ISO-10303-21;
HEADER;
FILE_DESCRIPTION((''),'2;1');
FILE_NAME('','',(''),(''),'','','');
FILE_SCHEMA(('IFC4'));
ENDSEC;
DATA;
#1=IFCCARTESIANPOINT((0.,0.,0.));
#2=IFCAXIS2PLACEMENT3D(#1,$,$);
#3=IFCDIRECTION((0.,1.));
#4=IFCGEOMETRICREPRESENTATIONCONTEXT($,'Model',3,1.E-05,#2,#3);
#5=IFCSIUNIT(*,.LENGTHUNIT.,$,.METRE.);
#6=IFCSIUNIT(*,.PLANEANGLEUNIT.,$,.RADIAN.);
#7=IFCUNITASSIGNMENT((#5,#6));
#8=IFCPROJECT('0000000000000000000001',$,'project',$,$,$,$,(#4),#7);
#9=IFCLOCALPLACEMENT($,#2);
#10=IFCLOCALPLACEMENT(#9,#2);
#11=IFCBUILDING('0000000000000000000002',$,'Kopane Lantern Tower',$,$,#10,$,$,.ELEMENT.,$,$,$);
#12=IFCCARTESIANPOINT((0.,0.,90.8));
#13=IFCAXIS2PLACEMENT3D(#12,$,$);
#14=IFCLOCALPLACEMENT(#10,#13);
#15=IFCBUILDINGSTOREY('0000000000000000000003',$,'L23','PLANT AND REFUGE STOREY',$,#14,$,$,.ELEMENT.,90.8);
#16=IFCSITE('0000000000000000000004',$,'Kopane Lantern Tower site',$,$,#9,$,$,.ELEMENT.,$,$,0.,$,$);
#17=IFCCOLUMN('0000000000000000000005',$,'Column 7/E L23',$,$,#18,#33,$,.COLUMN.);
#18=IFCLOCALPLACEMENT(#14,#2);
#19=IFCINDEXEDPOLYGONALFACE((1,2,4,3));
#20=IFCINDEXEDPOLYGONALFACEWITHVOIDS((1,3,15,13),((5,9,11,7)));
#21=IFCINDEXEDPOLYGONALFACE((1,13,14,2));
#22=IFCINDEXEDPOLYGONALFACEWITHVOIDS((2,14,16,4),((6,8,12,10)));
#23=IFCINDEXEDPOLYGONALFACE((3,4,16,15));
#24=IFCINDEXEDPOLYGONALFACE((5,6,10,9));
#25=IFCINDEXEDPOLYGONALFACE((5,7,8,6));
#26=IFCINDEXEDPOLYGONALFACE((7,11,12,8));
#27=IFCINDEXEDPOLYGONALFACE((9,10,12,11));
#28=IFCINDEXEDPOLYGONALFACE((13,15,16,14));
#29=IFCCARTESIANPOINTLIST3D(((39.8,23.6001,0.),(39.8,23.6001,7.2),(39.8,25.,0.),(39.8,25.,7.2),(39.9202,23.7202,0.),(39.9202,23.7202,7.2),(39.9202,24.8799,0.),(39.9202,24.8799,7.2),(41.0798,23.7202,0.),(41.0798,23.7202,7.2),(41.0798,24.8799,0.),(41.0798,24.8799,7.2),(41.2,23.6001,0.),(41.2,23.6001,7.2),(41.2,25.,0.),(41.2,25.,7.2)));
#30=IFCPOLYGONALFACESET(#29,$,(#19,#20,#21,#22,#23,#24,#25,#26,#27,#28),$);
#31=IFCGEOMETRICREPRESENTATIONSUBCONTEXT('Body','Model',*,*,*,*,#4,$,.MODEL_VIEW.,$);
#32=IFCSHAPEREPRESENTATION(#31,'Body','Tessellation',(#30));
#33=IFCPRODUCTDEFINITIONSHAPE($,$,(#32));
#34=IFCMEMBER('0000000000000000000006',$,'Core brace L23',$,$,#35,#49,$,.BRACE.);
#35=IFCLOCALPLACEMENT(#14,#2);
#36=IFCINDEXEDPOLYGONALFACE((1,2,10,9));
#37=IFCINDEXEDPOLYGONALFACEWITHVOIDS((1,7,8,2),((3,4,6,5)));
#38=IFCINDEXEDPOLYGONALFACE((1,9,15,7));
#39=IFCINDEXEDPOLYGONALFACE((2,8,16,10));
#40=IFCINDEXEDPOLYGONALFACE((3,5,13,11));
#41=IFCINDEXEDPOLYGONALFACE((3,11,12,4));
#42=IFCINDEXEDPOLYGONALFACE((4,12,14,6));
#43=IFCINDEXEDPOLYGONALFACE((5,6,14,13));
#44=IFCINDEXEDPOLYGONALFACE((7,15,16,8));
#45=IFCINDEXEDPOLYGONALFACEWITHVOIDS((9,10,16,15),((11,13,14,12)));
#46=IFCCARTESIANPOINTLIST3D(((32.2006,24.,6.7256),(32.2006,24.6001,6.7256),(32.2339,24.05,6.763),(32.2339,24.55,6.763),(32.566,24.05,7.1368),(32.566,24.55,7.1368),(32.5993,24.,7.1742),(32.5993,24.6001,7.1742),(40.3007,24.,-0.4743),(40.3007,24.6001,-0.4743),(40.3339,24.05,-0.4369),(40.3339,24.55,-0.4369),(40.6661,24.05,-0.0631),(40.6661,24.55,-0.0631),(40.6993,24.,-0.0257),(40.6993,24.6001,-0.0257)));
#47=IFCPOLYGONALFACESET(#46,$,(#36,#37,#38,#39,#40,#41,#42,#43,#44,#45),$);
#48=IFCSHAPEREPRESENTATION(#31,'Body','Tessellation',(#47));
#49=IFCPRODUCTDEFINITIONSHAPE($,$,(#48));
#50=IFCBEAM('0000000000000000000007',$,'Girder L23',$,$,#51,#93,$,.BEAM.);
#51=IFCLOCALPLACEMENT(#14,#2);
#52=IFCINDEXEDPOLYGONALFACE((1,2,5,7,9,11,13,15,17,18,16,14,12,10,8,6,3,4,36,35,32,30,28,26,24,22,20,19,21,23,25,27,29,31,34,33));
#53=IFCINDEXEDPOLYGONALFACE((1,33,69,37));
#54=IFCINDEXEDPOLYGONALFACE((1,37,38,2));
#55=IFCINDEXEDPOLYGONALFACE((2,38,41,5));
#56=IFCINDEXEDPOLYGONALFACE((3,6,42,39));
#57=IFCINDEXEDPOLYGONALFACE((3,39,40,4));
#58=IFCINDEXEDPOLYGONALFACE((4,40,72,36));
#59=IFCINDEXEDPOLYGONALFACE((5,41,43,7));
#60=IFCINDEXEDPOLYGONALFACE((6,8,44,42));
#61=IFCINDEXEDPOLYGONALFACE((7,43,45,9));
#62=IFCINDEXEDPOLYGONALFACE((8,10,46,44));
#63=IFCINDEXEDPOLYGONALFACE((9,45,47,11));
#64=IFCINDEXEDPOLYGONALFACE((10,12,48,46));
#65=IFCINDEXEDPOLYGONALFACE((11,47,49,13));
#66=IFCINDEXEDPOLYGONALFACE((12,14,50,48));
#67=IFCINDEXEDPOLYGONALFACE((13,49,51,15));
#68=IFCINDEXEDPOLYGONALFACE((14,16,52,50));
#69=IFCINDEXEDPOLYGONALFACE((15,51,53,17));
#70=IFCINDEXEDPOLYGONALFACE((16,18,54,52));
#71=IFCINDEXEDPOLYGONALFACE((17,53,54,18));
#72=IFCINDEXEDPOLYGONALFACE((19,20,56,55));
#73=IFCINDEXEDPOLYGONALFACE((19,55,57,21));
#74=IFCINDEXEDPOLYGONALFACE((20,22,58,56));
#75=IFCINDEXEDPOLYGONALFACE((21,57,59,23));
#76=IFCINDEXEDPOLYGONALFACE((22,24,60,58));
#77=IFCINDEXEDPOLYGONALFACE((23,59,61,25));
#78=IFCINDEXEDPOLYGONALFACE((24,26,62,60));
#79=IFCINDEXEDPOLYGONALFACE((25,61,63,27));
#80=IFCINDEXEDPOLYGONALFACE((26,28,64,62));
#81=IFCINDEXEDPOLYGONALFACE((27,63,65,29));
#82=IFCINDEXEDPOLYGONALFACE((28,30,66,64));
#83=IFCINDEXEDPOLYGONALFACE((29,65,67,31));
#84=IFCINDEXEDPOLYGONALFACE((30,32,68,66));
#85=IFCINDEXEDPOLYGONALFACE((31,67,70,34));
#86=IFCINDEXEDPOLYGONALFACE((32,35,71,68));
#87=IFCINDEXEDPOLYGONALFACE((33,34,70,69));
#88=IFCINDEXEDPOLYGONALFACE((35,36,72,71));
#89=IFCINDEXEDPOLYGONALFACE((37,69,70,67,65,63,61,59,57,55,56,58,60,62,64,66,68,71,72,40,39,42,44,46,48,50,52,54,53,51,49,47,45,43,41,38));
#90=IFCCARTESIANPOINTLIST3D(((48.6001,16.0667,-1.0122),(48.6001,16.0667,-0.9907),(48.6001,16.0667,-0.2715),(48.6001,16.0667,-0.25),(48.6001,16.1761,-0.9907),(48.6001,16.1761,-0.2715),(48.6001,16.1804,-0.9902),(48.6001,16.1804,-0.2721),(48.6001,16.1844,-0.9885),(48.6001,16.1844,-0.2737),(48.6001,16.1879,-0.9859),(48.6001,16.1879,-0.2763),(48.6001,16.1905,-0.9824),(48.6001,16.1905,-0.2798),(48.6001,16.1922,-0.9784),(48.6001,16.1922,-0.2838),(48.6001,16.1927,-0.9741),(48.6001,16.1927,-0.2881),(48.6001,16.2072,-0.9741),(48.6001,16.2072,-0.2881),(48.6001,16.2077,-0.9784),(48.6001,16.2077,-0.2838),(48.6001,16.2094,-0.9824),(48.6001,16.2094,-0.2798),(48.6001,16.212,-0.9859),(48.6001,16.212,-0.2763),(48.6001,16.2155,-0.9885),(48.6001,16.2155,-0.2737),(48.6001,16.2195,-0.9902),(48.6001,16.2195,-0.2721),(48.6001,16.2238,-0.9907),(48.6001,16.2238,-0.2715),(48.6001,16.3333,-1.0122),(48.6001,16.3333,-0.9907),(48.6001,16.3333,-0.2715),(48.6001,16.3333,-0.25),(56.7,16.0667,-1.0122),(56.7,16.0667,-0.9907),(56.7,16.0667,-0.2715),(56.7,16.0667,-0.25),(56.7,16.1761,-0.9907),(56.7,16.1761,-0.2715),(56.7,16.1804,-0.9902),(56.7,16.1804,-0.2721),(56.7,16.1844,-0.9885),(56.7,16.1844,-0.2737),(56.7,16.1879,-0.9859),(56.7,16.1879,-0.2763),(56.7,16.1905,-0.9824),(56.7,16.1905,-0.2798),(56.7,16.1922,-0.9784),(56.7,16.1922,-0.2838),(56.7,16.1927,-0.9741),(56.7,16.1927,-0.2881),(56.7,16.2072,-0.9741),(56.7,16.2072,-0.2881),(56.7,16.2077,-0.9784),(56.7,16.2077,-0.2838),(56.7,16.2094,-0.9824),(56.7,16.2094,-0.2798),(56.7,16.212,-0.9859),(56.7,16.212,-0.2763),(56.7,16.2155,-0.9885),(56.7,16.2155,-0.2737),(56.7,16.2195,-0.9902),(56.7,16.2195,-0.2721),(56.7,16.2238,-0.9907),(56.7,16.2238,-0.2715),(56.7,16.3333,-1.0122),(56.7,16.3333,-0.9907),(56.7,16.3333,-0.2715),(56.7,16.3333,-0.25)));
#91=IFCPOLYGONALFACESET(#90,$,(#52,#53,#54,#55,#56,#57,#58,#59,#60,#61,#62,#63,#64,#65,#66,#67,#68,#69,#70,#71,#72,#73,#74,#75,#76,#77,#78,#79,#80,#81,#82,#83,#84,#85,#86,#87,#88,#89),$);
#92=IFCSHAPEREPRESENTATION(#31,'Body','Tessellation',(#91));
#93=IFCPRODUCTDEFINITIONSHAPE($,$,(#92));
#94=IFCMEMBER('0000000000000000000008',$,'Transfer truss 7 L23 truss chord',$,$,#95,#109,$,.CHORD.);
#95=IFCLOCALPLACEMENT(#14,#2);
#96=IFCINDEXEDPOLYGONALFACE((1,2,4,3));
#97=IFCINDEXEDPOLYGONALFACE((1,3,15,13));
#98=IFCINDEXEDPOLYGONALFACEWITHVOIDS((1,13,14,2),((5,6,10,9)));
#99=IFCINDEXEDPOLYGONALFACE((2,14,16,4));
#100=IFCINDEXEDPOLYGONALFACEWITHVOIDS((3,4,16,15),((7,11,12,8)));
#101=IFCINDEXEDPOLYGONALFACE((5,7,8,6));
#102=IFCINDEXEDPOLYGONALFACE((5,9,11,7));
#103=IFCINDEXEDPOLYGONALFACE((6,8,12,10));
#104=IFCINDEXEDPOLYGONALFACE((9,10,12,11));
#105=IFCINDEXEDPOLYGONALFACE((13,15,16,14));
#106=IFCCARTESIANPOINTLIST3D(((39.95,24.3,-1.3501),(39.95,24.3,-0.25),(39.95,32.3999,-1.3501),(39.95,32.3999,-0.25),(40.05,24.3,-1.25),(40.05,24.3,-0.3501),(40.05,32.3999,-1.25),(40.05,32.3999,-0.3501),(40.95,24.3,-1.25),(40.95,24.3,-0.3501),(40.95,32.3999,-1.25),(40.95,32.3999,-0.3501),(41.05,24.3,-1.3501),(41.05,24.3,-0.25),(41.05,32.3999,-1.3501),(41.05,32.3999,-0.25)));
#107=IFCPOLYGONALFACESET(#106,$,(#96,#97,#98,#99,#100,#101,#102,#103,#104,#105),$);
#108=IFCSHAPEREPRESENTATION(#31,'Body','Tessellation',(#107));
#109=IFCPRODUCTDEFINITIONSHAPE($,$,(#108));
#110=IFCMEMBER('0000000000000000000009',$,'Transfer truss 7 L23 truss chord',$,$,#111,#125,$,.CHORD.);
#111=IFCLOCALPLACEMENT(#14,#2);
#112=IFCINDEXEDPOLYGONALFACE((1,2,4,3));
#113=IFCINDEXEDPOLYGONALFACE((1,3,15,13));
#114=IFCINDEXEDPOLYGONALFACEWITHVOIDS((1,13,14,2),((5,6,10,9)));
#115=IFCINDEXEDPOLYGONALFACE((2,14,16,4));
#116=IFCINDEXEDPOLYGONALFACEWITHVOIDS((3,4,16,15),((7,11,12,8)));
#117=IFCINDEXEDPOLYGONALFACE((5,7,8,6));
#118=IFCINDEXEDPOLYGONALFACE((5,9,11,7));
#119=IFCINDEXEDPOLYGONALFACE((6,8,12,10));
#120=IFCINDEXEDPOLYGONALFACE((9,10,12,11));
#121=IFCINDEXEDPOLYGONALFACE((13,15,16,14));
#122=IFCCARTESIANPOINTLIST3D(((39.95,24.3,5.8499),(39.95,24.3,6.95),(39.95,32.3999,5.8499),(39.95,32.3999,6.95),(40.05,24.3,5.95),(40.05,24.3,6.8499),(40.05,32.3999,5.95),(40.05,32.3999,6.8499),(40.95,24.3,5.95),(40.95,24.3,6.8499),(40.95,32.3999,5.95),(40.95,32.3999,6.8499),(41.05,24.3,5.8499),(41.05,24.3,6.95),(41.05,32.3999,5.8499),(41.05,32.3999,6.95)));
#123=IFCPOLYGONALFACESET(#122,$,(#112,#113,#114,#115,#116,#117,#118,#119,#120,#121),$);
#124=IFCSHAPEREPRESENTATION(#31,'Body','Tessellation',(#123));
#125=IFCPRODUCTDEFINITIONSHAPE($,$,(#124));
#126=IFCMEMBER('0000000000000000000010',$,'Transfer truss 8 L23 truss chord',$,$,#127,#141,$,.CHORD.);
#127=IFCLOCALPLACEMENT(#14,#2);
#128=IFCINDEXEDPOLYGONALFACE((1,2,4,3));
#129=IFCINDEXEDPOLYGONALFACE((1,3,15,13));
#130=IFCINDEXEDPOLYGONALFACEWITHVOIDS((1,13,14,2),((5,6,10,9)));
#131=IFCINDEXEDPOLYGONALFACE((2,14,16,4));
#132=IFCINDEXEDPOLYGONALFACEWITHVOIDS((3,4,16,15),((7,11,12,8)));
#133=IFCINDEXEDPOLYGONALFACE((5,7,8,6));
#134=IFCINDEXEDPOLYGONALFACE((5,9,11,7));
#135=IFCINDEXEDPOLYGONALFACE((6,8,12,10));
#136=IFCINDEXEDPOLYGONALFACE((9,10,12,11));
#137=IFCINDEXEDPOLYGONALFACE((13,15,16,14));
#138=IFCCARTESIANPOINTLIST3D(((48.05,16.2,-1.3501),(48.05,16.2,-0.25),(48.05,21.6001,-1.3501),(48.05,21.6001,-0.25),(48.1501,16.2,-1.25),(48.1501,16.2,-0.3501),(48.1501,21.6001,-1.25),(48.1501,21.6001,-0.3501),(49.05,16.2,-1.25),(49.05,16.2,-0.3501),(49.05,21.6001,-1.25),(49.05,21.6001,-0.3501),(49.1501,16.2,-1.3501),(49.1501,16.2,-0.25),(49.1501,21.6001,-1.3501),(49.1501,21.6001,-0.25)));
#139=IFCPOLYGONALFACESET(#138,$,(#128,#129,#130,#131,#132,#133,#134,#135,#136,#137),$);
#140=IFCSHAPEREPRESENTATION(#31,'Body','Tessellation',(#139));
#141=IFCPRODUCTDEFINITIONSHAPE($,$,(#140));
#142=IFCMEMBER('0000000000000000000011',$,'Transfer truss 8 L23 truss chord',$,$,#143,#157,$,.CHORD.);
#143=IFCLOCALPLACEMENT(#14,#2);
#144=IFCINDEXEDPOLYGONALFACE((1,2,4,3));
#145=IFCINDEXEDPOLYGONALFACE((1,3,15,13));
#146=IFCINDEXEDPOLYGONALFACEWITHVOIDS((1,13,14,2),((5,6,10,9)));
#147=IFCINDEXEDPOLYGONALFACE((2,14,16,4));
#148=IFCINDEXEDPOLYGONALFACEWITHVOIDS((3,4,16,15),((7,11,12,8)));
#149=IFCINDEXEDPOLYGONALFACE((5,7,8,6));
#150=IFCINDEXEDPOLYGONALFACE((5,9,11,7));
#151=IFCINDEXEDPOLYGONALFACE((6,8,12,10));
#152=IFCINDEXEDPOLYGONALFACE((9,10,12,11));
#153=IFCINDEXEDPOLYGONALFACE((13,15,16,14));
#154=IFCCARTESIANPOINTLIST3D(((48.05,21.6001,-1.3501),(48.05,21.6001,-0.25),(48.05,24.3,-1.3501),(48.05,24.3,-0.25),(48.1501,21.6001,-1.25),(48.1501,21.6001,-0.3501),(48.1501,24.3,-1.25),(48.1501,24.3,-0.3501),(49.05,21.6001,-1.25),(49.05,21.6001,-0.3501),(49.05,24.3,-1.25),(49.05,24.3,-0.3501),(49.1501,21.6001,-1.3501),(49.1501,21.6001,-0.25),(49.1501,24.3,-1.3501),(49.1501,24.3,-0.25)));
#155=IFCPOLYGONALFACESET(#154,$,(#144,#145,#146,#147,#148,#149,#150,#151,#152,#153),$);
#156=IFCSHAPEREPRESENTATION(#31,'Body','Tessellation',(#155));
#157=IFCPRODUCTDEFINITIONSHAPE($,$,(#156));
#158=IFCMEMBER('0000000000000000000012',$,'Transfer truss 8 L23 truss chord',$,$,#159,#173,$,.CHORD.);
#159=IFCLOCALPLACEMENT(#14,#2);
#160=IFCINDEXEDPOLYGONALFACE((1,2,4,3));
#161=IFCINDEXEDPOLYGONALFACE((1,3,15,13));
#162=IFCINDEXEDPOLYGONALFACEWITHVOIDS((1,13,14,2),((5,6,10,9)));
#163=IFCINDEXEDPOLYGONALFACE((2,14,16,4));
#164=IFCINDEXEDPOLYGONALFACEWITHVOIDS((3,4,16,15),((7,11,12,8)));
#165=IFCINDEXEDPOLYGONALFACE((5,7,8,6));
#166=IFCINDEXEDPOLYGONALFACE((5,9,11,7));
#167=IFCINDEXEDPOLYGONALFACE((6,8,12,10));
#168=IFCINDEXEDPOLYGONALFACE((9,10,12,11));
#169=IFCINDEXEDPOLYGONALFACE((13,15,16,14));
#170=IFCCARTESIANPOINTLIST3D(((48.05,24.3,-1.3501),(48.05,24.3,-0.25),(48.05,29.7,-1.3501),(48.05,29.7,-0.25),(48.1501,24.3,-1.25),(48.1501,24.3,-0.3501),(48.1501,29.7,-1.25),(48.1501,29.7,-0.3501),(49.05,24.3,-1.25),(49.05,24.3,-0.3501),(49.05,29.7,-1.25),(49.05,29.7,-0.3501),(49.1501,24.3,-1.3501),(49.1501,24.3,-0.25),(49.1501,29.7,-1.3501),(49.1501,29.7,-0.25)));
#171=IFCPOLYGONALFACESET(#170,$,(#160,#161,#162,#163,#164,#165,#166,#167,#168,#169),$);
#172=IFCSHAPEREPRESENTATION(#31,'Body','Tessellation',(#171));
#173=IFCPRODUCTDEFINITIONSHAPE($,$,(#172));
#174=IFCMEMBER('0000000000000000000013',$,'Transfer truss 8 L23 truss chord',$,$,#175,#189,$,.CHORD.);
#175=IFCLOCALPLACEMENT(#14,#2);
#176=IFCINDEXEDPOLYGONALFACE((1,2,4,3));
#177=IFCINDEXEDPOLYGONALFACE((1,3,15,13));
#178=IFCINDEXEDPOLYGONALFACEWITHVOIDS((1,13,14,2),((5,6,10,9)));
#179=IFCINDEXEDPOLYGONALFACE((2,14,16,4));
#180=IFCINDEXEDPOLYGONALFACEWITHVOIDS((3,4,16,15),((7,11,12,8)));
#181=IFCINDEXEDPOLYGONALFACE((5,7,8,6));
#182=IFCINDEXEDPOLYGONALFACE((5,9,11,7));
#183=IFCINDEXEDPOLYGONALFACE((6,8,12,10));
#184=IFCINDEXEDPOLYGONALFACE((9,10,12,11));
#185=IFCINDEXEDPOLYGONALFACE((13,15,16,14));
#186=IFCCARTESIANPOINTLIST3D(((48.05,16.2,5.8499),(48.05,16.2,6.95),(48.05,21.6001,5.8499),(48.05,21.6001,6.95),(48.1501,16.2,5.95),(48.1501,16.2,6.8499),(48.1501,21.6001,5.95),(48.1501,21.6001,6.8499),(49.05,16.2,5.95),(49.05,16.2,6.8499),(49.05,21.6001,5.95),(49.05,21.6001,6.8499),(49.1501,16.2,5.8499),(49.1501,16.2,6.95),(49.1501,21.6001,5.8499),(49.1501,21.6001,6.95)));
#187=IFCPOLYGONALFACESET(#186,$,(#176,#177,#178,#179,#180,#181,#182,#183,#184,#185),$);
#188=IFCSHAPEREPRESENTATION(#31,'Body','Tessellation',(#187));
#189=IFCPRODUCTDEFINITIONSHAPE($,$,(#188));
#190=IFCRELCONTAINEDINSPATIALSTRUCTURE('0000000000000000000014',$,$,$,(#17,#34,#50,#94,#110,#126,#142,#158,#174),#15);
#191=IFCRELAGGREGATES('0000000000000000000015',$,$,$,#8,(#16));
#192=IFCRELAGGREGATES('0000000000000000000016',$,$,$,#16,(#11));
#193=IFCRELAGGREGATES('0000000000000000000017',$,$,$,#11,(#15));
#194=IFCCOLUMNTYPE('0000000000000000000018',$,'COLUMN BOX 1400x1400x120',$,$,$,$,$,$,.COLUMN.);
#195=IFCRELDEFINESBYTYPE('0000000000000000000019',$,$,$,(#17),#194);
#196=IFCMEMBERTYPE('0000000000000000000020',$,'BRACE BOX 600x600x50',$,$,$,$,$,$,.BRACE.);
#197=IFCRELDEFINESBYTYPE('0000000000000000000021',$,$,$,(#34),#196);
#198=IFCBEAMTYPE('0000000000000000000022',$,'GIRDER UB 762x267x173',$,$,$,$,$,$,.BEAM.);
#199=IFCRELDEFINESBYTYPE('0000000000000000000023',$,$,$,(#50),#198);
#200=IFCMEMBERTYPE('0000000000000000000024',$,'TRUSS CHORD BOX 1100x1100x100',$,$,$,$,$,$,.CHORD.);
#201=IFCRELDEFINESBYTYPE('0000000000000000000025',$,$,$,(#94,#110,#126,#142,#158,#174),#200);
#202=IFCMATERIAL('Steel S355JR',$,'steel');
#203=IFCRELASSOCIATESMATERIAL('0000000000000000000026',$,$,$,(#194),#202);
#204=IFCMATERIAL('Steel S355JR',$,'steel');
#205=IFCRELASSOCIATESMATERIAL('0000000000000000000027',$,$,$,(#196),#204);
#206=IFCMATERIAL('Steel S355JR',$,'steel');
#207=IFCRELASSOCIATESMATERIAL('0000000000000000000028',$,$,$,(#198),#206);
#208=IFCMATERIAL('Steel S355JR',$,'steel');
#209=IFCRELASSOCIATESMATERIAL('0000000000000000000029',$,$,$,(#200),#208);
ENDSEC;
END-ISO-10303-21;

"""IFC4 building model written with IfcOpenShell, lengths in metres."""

from ifc_helpers import new_model, si_unit, direction, frame, origin, origin_2d, place, context, subcontext, project, spatial, hollow_rectangle, i_section, extrude, material, material_profile, profile_set, type_object, element, save


model = new_model("IFC4")

# Units and contexts
model_context = context("Model", 3, precision=1e-05, world=origin(), true_north=direction((0.0, 1.0)))
body_context = subcontext(model_context, "Body", "Model", "MODEL_VIEW")
ifc_project = project(units=[si_unit("LENGTHUNIT", "METRE"), si_unit("PLANEANGLEUNIT", "RADIAN")], contexts=[model_context])

# Site, building, storey
site_placement = place(None, origin())
site = spatial("IfcSite", under=ifc_project, at=site_placement, Name="Kopane Lantern Tower site", CompositionType="ELEMENT", RefElevation=0.0)
building_placement = place(site_placement, origin())
building = spatial("IfcBuilding", under=site, at=building_placement, Name="Kopane Lantern Tower", CompositionType="ELEMENT")
storey_placement = place(building_placement, frame((0.0, 0.0, 90.8)))
storey = spatial("IfcBuildingStorey", under=building, at=storey_placement, Name="L23", Description="PLANT AND REFUGE STOREY", CompositionType="ELEMENT", Elevation=90.8)

# Column
ifc_material_1 = material(Name="Steel S355JR", Category="steel")
ifc_material_profile_1 = material_profile(ifc_material_1, hollow_rectangle(XDim=1.3999, YDim=1.3999, WallThickness=0.1201, at=origin_2d()), Name="BOX 1400x1400x120")
ifc_profile_set_1 = profile_set([ifc_material_profile_1], Name="Steel S355JR")
column_type = type_object("IfcColumnType", Name="COLUMN BOX 1400x1400x120", PredefinedType="COLUMN", material=ifc_profile_set_1)
column_placement = place(storey_placement, frame((40.5, 24.3, 0.0), z_axis=(0.0, 0.0, 1.0), x_axis=(1.0, 0.0, 0.0)))
element("IfcColumn", 1, at=column_placement, inside=storey, type_object=column_type, Name="Column 7/E L23", PredefinedType="COLUMN", context=body_context, shape_type="SweptSolid", body=[
    extrude(hollow_rectangle(XDim=1.3999, YDim=1.3999, WallThickness=0.1201, at=origin_2d()), origin(), (0.0, 0.0, 1.0), 7.2),
])

# Member
ifc_material_2 = material(Name="Steel S355JR", Category="steel")
ifc_material_profile_2 = material_profile(ifc_material_2, hollow_rectangle(XDim=0.6001, YDim=0.6001, WallThickness=0.05, at=origin_2d()), Name="BOX 600x600x50")
ifc_profile_set_2 = profile_set([ifc_material_profile_2], Name="Steel S355JR")
member_type_1 = type_object("IfcMemberType", Name="BRACE BOX 600x600x50", PredefinedType="BRACE", material=ifc_profile_set_2)
member_1_placement = place(storey_placement, frame((40.5, 24.3, -0.25), z_axis=(-0.747416, 0.0, 0.664357), x_axis=(0.0, -1.0, 0.0)))
element("IfcMember", 2, at=member_1_placement, inside=storey, type_object=member_type_1, Name="Core brace L23", PredefinedType="BRACE", context=body_context, shape_type="SweptSolid", body=[
    extrude(hollow_rectangle(XDim=0.6001, YDim=0.6001, WallThickness=0.05, at=origin_2d()), origin(), (0.0, 0.0, 1.0), 10.8374),
])

# Beam
ifc_material_3 = material(Name="Steel S355JR", Category="steel")
ifc_material_profile_3 = material_profile(ifc_material_3, i_section(OverallWidth=0.2666, OverallDepth=0.7622, WebThickness=0.0144, FlangeThickness=0.0215, FilletRadius=0.0166, at=origin_2d()), Name="UB 762x267x173")
ifc_profile_set_3 = profile_set([ifc_material_profile_3], Name="Steel S355JR")
beam_type = type_object("IfcBeamType", Name="GIRDER UB 762x267x173", PredefinedType="BEAM", material=ifc_profile_set_3)
beam_placement = place(storey_placement, frame((48.6001, 16.2, -0.6311), z_axis=(1.0, 0.0, 0.0), x_axis=(0.0, 1.0, 0.0)))
element("IfcBeam", 3, at=beam_placement, inside=storey, type_object=beam_type, Name="Girder L23", PredefinedType="BEAM", context=body_context, shape_type="SweptSolid", body=[
    extrude(i_section(OverallWidth=0.2666, OverallDepth=0.7622, WebThickness=0.0144, FlangeThickness=0.0215, FilletRadius=0.0166, at=origin_2d()), origin(), (0.0, 0.0, 1.0), 8.0999),
])

# Members
ifc_material_4 = material(Name="Steel S355JR", Category="steel")
ifc_material_profile_4 = material_profile(ifc_material_4, hollow_rectangle(XDim=1.1001, YDim=1.1001, WallThickness=0.1001, at=origin_2d()), Name="BOX 1100x1100x100")
ifc_profile_set_4 = profile_set([ifc_material_profile_4], Name="Steel S355JR")
member_type_2 = type_object("IfcMemberType", Name="TRUSS CHORD BOX 1100x1100x100", PredefinedType="CHORD", material=ifc_profile_set_4)
for number, where, z_axis, x_axis, name in (
    (4, (40.5, 24.3, -0.8), (0.0, 1.0, 0.0), (-1.0, 0.0, 0.0), "Transfer truss 7 L23 truss chord"),
    (5, (40.5, 24.3, 6.3999), (0.0, 1.0, 0.0), (-1.0, 0.0, 0.0), "Transfer truss 7 L23 truss chord"),
):
    element("IfcMember", number, at=place(storey_placement, frame(where, z_axis=z_axis, x_axis=x_axis)), inside=storey, type_object=member_type_2, Name=name, PredefinedType="CHORD", context=body_context, shape_type="SweptSolid", body=[
        extrude(hollow_rectangle(XDim=1.1001, YDim=1.1001, WallThickness=0.1001, at=origin_2d()), origin(), (0.0, 0.0, 1.0), 8.0999),
    ])
member_2_placement = place(storey_placement, frame((48.6001, 16.2, -0.8), z_axis=(0.0, 1.0, 0.0), x_axis=(-1.0, 0.0, 0.0)))
element("IfcMember", 6, at=member_2_placement, inside=storey, type_object=member_type_2, Name="Transfer truss 8 L23 truss chord", PredefinedType="CHORD", context=body_context, shape_type="SweptSolid", body=[
    extrude(hollow_rectangle(XDim=1.1001, YDim=1.1001, WallThickness=0.1001, at=origin_2d()), origin(), (0.0, 0.0, 1.0), 5.4001),
])
member_3_placement = place(storey_placement, frame((48.6001, 21.6001, -0.8), z_axis=(0.0, 1.0, 0.0), x_axis=(-1.0, 0.0, 0.0)))
element("IfcMember", 7, at=member_3_placement, inside=storey, type_object=member_type_2, Name="Transfer truss 8 L23 truss chord", PredefinedType="CHORD", context=body_context, shape_type="SweptSolid", body=[
    extrude(hollow_rectangle(XDim=1.1001, YDim=1.1001, WallThickness=0.1001, at=origin_2d()), origin(), (0.0, 0.0, 1.0), 2.7),
])
member_4_placement = place(storey_placement, frame((48.6001, 24.3, -0.8), z_axis=(0.0, 1.0, 0.0), x_axis=(-1.0, 0.0, 0.0)))
element("IfcMember", 8, at=member_4_placement, inside=storey, type_object=member_type_2, Name="Transfer truss 8 L23 truss chord", PredefinedType="CHORD", context=body_context, shape_type="SweptSolid", body=[
    extrude(hollow_rectangle(XDim=1.1001, YDim=1.1001, WallThickness=0.1001, at=origin_2d()), origin(), (0.0, 0.0, 1.0), 5.3999),
])
member_5_placement = place(storey_placement, frame((48.6001, 16.2, 6.3999), z_axis=(0.0, 1.0, 0.0), x_axis=(-1.0, 0.0, 0.0)))
element("IfcMember", 9, at=member_5_placement, inside=storey, type_object=member_type_2, Name="Transfer truss 8 L23 truss chord", PredefinedType="CHORD", context=body_context, shape_type="SweptSolid", body=[
    extrude(hollow_rectangle(XDim=1.1001, YDim=1.1001, WallThickness=0.1001, at=origin_2d()), origin(), (0.0, 0.0, 1.0), 5.4001),
])

save(model, "model.ifc")
